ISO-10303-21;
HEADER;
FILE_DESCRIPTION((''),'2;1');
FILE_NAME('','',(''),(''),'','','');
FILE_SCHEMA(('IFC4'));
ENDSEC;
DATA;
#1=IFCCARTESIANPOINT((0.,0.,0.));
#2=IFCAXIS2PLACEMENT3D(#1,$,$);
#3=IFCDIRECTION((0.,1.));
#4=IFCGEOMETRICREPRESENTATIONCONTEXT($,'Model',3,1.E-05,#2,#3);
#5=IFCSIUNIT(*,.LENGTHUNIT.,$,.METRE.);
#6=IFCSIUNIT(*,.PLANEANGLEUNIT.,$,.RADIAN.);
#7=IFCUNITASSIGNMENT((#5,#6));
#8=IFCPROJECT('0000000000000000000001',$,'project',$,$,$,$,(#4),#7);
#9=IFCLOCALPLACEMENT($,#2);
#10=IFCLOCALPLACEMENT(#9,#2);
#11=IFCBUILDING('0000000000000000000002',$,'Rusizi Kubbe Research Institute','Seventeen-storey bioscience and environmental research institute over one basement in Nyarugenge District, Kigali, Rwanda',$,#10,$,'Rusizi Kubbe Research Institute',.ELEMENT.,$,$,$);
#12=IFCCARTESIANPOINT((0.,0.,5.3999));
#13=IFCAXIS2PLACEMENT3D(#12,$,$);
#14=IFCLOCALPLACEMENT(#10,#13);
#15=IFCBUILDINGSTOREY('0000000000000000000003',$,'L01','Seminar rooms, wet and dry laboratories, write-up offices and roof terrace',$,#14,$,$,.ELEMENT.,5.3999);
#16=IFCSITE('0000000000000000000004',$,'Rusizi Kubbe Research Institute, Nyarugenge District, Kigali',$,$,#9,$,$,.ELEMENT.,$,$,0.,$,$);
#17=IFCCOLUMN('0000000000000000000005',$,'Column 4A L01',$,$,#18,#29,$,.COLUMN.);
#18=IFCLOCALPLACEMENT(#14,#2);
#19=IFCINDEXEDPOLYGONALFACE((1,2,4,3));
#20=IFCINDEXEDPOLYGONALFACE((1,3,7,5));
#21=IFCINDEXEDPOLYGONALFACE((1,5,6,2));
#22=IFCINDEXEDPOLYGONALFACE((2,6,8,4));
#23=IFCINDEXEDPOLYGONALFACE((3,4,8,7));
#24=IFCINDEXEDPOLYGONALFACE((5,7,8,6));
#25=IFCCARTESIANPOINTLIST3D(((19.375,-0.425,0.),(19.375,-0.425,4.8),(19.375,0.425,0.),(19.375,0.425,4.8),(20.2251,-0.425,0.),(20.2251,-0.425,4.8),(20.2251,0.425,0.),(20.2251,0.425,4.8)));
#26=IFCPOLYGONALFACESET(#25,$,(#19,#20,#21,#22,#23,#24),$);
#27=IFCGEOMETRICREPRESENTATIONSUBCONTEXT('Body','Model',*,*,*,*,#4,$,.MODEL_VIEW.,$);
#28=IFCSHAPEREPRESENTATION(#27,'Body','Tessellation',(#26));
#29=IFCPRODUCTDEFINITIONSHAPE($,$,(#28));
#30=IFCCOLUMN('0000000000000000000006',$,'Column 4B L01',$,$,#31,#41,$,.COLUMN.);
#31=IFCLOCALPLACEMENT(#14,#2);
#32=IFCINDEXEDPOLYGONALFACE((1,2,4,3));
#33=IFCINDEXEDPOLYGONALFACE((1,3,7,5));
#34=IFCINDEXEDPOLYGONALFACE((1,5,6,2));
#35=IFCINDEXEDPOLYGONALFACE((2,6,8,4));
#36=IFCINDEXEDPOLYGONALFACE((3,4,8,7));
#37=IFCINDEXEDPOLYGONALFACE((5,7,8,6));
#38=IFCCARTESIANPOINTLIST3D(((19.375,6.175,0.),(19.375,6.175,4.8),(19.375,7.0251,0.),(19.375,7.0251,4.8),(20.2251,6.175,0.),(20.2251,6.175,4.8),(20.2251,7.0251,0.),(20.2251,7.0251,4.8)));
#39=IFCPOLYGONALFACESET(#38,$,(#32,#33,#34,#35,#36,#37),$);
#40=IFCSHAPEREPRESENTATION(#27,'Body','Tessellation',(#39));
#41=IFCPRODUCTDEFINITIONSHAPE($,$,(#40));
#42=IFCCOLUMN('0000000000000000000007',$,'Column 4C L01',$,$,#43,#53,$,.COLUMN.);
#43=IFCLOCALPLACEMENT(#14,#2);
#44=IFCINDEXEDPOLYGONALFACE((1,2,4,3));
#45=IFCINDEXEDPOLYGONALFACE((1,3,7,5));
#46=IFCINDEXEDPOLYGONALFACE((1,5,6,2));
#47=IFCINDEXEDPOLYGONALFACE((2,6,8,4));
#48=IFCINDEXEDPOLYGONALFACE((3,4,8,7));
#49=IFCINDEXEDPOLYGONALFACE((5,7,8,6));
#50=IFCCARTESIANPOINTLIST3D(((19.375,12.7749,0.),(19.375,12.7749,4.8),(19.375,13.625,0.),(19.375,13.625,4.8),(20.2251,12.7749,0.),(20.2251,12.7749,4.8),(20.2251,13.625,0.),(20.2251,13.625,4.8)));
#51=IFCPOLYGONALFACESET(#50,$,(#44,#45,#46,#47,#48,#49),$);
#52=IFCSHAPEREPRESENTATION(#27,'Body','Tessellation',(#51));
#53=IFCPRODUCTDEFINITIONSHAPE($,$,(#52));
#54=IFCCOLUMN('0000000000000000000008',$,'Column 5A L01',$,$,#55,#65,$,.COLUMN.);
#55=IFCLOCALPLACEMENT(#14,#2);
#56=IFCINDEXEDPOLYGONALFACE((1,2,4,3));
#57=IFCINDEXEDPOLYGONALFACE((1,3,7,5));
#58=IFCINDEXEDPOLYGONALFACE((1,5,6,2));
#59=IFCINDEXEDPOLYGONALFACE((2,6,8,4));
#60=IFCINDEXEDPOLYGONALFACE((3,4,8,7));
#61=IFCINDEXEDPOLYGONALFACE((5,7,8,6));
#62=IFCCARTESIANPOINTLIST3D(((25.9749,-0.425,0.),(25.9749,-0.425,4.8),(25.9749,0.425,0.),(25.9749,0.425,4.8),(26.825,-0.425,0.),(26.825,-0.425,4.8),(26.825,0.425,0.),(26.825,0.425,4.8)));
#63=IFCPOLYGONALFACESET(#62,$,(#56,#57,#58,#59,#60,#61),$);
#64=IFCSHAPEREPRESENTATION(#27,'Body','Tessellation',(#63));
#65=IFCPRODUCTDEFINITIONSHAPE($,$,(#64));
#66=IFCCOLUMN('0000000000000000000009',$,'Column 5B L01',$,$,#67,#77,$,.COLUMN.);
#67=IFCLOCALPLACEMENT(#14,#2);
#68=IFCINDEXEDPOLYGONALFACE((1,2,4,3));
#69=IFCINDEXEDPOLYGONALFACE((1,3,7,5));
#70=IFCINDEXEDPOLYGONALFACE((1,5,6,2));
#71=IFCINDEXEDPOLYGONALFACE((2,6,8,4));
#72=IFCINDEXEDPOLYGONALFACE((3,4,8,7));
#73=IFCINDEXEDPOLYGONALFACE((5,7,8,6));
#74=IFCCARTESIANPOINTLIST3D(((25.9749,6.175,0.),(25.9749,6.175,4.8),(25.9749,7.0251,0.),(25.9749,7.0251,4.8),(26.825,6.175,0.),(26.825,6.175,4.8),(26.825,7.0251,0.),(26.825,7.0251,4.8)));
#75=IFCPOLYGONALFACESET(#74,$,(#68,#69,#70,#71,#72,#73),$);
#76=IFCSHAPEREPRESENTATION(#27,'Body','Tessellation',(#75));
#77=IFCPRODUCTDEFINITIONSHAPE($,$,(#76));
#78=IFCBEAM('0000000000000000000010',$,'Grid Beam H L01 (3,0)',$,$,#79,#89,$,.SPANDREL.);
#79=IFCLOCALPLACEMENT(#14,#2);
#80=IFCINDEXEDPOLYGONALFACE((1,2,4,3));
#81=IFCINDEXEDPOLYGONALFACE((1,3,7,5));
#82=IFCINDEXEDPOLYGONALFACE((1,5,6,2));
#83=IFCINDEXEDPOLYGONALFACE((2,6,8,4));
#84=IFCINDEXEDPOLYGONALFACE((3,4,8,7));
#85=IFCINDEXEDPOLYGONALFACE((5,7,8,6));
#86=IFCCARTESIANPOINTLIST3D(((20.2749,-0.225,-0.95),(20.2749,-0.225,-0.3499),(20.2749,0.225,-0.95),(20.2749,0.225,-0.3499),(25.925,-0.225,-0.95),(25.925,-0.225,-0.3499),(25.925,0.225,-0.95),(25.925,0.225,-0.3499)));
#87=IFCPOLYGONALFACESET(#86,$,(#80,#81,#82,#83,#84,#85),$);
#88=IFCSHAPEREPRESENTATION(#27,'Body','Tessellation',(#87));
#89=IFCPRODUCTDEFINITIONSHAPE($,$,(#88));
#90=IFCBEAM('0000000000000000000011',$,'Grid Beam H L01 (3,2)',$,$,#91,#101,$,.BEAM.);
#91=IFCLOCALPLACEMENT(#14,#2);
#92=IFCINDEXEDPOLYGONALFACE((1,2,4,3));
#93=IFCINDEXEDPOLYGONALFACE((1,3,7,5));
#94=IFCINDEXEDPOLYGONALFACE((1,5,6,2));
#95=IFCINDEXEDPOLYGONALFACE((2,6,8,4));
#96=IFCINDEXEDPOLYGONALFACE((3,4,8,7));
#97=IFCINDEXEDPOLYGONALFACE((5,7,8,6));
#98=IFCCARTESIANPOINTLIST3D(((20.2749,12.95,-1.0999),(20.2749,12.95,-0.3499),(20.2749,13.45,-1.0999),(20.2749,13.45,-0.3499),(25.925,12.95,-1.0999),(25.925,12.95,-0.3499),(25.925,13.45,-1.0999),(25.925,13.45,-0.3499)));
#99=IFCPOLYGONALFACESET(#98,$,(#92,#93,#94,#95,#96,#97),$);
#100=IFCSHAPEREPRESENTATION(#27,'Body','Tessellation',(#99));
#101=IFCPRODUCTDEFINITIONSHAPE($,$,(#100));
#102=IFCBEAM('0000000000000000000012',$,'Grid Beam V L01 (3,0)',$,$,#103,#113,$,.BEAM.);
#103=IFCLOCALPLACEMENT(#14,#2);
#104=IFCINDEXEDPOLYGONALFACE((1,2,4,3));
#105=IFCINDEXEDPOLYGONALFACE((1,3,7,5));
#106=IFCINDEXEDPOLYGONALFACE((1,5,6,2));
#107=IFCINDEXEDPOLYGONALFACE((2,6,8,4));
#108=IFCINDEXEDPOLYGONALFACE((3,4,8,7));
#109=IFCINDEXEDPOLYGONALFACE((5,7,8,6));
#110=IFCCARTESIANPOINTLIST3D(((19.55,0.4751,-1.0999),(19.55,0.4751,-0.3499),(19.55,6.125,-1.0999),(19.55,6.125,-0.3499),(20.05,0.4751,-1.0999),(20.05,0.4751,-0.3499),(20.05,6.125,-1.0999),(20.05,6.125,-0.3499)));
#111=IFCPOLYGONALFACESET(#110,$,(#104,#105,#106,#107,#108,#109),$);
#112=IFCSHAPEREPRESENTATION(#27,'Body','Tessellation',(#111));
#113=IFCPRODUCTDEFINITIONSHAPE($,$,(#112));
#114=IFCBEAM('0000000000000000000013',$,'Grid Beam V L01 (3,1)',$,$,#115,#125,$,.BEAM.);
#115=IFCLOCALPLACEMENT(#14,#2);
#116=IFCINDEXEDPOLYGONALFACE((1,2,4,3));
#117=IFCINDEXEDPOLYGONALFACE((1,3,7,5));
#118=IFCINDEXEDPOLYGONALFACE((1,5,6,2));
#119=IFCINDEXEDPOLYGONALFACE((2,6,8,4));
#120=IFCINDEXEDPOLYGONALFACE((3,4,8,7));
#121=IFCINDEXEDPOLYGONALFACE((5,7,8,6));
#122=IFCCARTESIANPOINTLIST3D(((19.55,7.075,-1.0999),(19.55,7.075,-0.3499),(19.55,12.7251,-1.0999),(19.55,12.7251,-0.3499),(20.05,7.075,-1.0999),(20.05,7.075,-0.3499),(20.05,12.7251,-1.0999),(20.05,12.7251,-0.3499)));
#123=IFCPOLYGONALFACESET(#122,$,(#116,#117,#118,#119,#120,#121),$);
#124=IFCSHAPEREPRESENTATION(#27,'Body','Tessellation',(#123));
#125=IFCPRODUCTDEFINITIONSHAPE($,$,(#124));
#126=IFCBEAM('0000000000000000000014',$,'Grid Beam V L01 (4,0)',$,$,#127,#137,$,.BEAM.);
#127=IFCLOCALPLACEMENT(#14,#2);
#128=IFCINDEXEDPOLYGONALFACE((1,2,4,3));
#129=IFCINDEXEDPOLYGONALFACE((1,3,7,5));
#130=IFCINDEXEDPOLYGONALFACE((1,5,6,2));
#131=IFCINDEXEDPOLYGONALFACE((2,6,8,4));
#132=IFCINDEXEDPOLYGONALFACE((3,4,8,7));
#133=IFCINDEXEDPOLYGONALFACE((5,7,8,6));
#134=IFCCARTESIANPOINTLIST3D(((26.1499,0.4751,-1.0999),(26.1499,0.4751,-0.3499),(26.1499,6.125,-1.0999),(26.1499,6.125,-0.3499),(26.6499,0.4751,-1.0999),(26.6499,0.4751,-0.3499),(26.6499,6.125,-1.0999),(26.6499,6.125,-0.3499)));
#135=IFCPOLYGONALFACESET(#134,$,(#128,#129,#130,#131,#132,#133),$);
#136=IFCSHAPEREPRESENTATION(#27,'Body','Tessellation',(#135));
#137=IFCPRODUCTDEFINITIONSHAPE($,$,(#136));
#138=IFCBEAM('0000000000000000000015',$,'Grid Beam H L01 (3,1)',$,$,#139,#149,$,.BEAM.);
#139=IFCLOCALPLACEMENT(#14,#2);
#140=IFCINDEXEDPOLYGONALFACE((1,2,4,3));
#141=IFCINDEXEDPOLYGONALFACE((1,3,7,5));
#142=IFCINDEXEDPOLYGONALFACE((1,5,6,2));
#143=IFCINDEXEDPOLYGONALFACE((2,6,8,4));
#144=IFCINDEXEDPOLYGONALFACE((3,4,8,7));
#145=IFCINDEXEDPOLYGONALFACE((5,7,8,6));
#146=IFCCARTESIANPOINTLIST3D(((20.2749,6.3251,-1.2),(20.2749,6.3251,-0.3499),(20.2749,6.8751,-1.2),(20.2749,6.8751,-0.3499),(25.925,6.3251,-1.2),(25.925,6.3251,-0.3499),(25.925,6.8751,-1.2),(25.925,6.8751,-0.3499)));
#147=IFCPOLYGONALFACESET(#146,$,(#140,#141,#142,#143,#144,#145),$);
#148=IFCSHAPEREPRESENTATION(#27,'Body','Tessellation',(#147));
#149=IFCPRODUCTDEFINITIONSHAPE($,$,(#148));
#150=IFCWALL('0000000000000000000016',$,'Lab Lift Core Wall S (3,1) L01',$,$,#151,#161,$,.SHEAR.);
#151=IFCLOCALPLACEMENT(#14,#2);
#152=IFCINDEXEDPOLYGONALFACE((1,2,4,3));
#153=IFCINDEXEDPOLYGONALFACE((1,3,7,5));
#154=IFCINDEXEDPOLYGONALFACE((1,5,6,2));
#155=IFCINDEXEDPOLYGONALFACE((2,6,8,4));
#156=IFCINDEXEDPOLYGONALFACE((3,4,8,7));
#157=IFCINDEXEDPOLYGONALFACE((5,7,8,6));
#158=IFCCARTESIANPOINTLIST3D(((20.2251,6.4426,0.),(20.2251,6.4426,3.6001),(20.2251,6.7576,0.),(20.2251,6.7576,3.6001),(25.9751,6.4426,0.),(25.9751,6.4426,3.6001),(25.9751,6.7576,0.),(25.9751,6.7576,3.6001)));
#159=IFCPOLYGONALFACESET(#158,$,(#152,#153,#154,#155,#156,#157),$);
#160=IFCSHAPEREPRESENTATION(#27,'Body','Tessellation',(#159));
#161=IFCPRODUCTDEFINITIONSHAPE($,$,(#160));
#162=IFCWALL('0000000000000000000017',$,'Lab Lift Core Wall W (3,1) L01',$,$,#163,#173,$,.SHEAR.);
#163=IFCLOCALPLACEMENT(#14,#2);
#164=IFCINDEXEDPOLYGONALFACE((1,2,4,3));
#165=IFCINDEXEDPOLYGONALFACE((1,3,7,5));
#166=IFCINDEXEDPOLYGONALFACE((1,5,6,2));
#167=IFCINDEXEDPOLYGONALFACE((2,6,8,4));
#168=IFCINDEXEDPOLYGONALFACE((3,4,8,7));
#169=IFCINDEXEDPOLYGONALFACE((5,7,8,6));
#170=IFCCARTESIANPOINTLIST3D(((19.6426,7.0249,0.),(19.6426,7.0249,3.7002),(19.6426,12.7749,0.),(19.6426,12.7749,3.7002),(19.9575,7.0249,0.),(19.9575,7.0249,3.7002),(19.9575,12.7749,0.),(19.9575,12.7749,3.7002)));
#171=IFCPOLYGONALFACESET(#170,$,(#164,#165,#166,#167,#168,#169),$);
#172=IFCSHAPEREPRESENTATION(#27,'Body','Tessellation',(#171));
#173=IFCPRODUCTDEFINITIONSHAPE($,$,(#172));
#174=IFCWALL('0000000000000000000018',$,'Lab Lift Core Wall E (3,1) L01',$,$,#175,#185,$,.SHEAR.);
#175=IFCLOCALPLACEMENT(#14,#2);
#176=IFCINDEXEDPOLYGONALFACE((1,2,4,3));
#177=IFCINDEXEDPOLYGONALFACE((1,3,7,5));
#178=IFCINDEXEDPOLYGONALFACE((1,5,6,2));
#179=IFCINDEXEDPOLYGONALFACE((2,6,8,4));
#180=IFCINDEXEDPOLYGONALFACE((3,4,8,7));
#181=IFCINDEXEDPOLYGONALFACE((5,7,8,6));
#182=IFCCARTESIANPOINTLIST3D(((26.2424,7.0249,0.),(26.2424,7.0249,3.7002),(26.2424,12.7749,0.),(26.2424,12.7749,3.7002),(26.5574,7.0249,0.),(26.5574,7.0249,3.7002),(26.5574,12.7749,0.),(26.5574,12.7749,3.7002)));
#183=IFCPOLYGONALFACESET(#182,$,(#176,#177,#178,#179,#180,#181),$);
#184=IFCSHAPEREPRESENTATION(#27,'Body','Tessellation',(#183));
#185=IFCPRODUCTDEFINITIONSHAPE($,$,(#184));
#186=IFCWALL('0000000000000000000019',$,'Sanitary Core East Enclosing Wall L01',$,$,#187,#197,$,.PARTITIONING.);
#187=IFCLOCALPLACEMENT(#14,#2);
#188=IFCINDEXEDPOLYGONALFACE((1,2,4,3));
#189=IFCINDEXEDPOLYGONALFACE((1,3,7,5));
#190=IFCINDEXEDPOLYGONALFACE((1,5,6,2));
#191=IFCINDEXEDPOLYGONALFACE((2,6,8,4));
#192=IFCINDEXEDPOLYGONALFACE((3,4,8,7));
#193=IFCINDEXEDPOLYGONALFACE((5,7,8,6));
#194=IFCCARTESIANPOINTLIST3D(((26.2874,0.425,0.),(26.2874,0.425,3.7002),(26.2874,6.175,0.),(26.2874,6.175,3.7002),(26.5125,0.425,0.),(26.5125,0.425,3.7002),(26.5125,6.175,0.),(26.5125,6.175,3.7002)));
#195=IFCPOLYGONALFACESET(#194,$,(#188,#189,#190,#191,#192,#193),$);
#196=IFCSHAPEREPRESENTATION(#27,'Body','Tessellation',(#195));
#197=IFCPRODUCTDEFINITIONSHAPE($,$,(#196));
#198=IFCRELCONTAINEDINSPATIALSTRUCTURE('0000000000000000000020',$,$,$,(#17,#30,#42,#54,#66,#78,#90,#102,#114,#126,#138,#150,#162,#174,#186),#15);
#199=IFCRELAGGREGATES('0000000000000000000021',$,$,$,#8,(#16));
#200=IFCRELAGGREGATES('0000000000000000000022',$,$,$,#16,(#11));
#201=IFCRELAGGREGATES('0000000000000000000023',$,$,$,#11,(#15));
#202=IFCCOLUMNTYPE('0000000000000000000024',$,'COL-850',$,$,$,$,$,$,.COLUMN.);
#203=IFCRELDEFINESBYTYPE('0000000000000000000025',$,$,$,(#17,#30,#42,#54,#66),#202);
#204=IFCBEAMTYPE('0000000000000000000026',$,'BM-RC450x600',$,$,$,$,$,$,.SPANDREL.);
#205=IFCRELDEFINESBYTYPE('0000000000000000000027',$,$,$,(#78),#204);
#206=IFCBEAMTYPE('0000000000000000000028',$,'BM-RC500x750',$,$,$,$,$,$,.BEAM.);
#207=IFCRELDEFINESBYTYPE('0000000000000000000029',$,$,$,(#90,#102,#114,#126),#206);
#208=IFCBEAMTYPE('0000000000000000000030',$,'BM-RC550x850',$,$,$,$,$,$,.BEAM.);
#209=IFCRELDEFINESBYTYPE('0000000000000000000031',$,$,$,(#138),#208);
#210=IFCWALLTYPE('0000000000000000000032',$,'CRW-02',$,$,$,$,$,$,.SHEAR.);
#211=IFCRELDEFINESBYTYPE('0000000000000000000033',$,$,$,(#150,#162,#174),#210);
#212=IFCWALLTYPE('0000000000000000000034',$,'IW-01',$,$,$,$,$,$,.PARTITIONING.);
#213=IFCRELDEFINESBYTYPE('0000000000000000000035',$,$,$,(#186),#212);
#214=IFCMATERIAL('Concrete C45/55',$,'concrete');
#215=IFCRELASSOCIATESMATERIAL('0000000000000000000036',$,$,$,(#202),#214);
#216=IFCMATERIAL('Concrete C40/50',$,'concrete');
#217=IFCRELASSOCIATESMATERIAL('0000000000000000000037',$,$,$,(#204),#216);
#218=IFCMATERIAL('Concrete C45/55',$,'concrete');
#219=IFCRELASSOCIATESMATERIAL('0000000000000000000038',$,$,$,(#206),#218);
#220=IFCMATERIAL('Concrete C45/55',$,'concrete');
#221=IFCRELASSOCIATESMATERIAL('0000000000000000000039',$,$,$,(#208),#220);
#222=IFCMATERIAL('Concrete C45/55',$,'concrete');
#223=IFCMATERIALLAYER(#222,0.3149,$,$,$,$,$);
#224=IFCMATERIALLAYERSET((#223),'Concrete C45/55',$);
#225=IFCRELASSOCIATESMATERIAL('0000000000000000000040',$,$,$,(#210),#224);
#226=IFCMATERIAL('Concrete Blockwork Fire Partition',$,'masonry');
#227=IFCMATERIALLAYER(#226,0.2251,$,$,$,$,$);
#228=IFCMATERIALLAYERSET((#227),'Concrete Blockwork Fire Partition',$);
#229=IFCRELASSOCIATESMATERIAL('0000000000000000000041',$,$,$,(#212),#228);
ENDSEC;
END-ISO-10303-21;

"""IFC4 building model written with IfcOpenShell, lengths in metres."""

from ifc_helpers import new_model, si_unit, direction, frame, frame_2d, origin, origin_2d, place, context, subcontext, project, spatial, rectangle, extrude, material, layer, layer_set, material_profile, profile_set, type_object, element, save


model = new_model("IFC4")

# Units and contexts
model_context = context("Model", 3, precision=1e-05, world=origin(), true_north=direction((0.0, 1.0)))
body_context = subcontext(model_context, "Body", "Model", "MODEL_VIEW")
ifc_project = project(units=[si_unit("LENGTHUNIT", "METRE"), si_unit("PLANEANGLEUNIT", "RADIAN")], contexts=[model_context])

# Site, building, storey
site_placement = place(None, origin())
site = spatial("IfcSite", under=ifc_project, at=site_placement, Name="Rusizi Kubbe Research Institute, Nyarugenge District, Kigali", CompositionType="ELEMENT", RefElevation=0.0)
building_placement = place(site_placement, origin())
building = spatial("IfcBuilding", under=site, at=building_placement, Name="Rusizi Kubbe Research Institute", Description="Seventeen-storey bioscience and environmental research institute over one basement in Nyarugenge District, Kigali, Rwanda", LongName="Rusizi Kubbe Research Institute", CompositionType="ELEMENT")
storey_placement = place(building_placement, frame((0.0, 0.0, 5.3999)))
storey = spatial("IfcBuildingStorey", under=building, at=storey_placement, Name="L01", Description="Seminar rooms, wet and dry laboratories, write-up offices and roof terrace", CompositionType="ELEMENT", Elevation=5.3999)

# Columns
ifc_material_1 = material(Name="Concrete C45/55", Category="concrete")
ifc_material_profile_1 = material_profile(ifc_material_1, rectangle(XDim=0.8501, YDim=0.8501, at=origin_2d()), Name="RC850x850")
ifc_profile_set_1 = profile_set([ifc_material_profile_1], Name="Concrete C45/55")
column_type = type_object("IfcColumnType", Name="COL-850", PredefinedType="COLUMN", material=ifc_profile_set_1)
for number, where, z_axis, x_axis, name in (
    (1, (19.8, 0.0, 0.0), (0.0, 0.0, 1.0), (1.0, 0.0, 0.0), "Column 4A L01"),
    (2, (19.8, 6.6001, 0.0), (0.0, 0.0, 1.0), (1.0, 0.0, 0.0), "Column 4B L01"),
    (3, (19.8, 13.2, 0.0), (0.0, 0.0, 1.0), (1.0, 0.0, 0.0), "Column 4C L01"),
    (4, (26.3999, 0.0, 0.0), (0.0, 0.0, 1.0), (1.0, 0.0, 0.0), "Column 5A L01"),
    (5, (26.3999, 6.6001, 0.0), (0.0, 0.0, 1.0), (1.0, 0.0, 0.0), "Column 5B L01"),
):
    element("IfcColumn", number, at=place(storey_placement, frame(where, z_axis=z_axis, x_axis=x_axis)), inside=storey, type_object=column_type, Name=name, PredefinedType="COLUMN", context=body_context, shape_type="SweptSolid", body=[
        extrude(rectangle(XDim=0.8501, YDim=0.8501, at=origin_2d()), origin(), (0.0, 0.0, 1.0), 4.8),
    ])

# Beams
ifc_material_2 = material(Name="Concrete C40/50", Category="concrete")
ifc_material_profile_2 = material_profile(ifc_material_2, rectangle(XDim=0.45, YDim=0.6001, at=origin_2d()), Name="RC450x600")
ifc_profile_set_2 = profile_set([ifc_material_profile_2], Name="Concrete C40/50")
beam_type_1 = type_object("IfcBeamType", Name="BM-RC450x600", PredefinedType="SPANDREL", material=ifc_profile_set_2)
beam_1_placement = place(storey_placement, frame((20.2749, 0.0, -0.6499), z_axis=(1.0, 0.0, 0.0), x_axis=(0.0, 1.0, 0.0)))
element("IfcBeam", 6, at=beam_1_placement, inside=storey, type_object=beam_type_1, Name="Grid Beam H L01 (3,0)", PredefinedType="SPANDREL", context=body_context, shape_type="SweptSolid", body=[
    extrude(rectangle(XDim=0.45, YDim=0.6001, at=origin_2d()), origin(), (0.0, 0.0, 1.0), 5.6501),
])
ifc_material_3 = material(Name="Concrete C45/55", Category="concrete")
ifc_material_profile_3 = material_profile(ifc_material_3, rectangle(XDim=0.5, YDim=0.75, at=origin_2d()), Name="RC500x750B")
ifc_profile_set_3 = profile_set([ifc_material_profile_3], Name="Concrete C45/55")
beam_type_2 = type_object("IfcBeamType", Name="BM-RC500x750", PredefinedType="BEAM", material=ifc_profile_set_3)
beam_2_placement = place(storey_placement, frame((20.2749, 13.2, -0.7249), z_axis=(1.0, 0.0, 0.0), x_axis=(0.0, 1.0, 0.0)))
element("IfcBeam", 7, at=beam_2_placement, inside=storey, type_object=beam_type_2, Name="Grid Beam H L01 (3,2)", PredefinedType="BEAM", context=body_context, shape_type="SweptSolid", body=[
    extrude(rectangle(XDim=0.5, YDim=0.75, at=origin_2d()), origin(), (0.0, 0.0, 1.0), 5.6501),
])
beam_3_placement = place(storey_placement, frame((19.8, 0.4751, -0.7249), z_axis=(0.0, 1.0, 0.0), x_axis=(-1.0, 0.0, 0.0)))
element("IfcBeam", 8, at=beam_3_placement, inside=storey, type_object=beam_type_2, Name="Grid Beam V L01 (3,0)", PredefinedType="BEAM", context=body_context, shape_type="SweptSolid", body=[
    extrude(rectangle(XDim=0.5, YDim=0.75, at=origin_2d()), origin(), (0.0, 0.0, 1.0), 5.6499),
])
beam_4_placement = place(storey_placement, frame((19.8, 7.075, -0.7249), z_axis=(0.0, 1.0, 0.0), x_axis=(-1.0, 0.0, 0.0)))
element("IfcBeam", 9, at=beam_4_placement, inside=storey, type_object=beam_type_2, Name="Grid Beam V L01 (3,1)", PredefinedType="BEAM", context=body_context, shape_type="SweptSolid", body=[
    extrude(rectangle(XDim=0.5, YDim=0.75, at=origin_2d()), origin(), (0.0, 0.0, 1.0), 5.6501),
])
beam_5_placement = place(storey_placement, frame((26.3999, 0.4751, -0.7249), z_axis=(0.0, 1.0, 0.0), x_axis=(-1.0, 0.0, 0.0)))
element("IfcBeam", 10, at=beam_5_placement, inside=storey, type_object=beam_type_2, Name="Grid Beam V L01 (4,0)", PredefinedType="BEAM", context=body_context, shape_type="SweptSolid", body=[
    extrude(rectangle(XDim=0.5, YDim=0.75, at=origin_2d()), origin(), (0.0, 0.0, 1.0), 5.6499),
])
ifc_material_4 = material(Name="Concrete C45/55", Category="concrete")
ifc_material_profile_4 = material_profile(ifc_material_4, rectangle(XDim=0.55, YDim=0.8501, at=origin_2d()), Name="RC550x850")
ifc_profile_set_4 = profile_set([ifc_material_profile_4], Name="Concrete C45/55")
beam_type_3 = type_object("IfcBeamType", Name="BM-RC550x850", PredefinedType="BEAM", material=ifc_profile_set_4)
beam_6_placement = place(storey_placement, frame((20.2749, 6.6001, -0.7749), z_axis=(1.0, 0.0, 0.0), x_axis=(0.0, 1.0, 0.0)))
element("IfcBeam", 11, at=beam_6_placement, inside=storey, type_object=beam_type_3, Name="Grid Beam H L01 (3,1)", PredefinedType="BEAM", context=body_context, shape_type="SweptSolid", body=[
    extrude(rectangle(XDim=0.55, YDim=0.8501, at=origin_2d()), origin(), (0.0, 0.0, 1.0), 5.6501),
])

# Walls
ifc_material_5 = material(Name="Concrete C45/55", Category="concrete")
ifc_layer_1 = layer(ifc_material_5, 0.3149)
ifc_layer_set_1 = layer_set([ifc_layer_1], Name="Concrete C45/55")
wall_type_1 = type_object("IfcWallType", Name="CRW-02", PredefinedType="SHEAR", material=ifc_layer_set_1)
wall_1_placement = place(storey_placement, frame((20.2251, 6.6001, 0.0), z_axis=(0.0, 0.0, 1.0), x_axis=(1.0, 0.0, 0.0)))
element("IfcWall", 12, at=wall_1_placement, inside=storey, type_object=wall_type_1, Name="Lab Lift Core Wall S (3,1) L01", PredefinedType="SHEAR", context=body_context, shape_type="SweptSolid", body=[
    extrude(rectangle(XDim=5.75, YDim=0.3149, at=frame_2d((2.875, 0.0))), origin(), (0.0, 0.0, 1.0), 3.6001),
])
for number, where, z_axis, x_axis, name in (
    (13, (19.8, 7.0249, 0.0), (0.0, 0.0, 1.0), (0.0, 1.0, 0.0), "Lab Lift Core Wall W (3,1) L01"),
    (14, (26.3999, 7.0249, 0.0), (0.0, 0.0, 1.0), (0.0, 1.0, 0.0), "Lab Lift Core Wall E (3,1) L01"),
):
    element("IfcWall", number, at=place(storey_placement, frame(where, z_axis=z_axis, x_axis=x_axis)), inside=storey, type_object=wall_type_1, Name=name, PredefinedType="SHEAR", context=body_context, shape_type="SweptSolid", body=[
        extrude(rectangle(XDim=5.75, YDim=0.3149, at=frame_2d((2.875, 0.0))), origin(), (0.0, 0.0, 1.0), 3.7002),
    ])

# Wall
ifc_material_6 = material(Name="Concrete Blockwork Fire Partition", Category="masonry")
ifc_layer_2 = layer(ifc_material_6, 0.2251)
ifc_layer_set_2 = layer_set([ifc_layer_2], Name="Concrete Blockwork Fire Partition")
wall_type_2 = type_object("IfcWallType", Name="IW-01", PredefinedType="PARTITIONING", material=ifc_layer_set_2)
wall_2_placement = place(storey_placement, frame((26.3999, 0.425, 0.0), z_axis=(0.0, 0.0, 1.0), x_axis=(0.0, 1.0, 0.0)))
element("IfcWall", 15, at=wall_2_placement, inside=storey, type_object=wall_type_2, Name="Sanitary Core East Enclosing Wall L01", PredefinedType="PARTITIONING", context=body_context, shape_type="SweptSolid", body=[
    extrude(rectangle(XDim=5.75, YDim=0.2251, at=frame_2d((2.875, 0.0))), origin(), (0.0, 0.0, 1.0), 3.7002),
])

save(model, "model.ifc")
